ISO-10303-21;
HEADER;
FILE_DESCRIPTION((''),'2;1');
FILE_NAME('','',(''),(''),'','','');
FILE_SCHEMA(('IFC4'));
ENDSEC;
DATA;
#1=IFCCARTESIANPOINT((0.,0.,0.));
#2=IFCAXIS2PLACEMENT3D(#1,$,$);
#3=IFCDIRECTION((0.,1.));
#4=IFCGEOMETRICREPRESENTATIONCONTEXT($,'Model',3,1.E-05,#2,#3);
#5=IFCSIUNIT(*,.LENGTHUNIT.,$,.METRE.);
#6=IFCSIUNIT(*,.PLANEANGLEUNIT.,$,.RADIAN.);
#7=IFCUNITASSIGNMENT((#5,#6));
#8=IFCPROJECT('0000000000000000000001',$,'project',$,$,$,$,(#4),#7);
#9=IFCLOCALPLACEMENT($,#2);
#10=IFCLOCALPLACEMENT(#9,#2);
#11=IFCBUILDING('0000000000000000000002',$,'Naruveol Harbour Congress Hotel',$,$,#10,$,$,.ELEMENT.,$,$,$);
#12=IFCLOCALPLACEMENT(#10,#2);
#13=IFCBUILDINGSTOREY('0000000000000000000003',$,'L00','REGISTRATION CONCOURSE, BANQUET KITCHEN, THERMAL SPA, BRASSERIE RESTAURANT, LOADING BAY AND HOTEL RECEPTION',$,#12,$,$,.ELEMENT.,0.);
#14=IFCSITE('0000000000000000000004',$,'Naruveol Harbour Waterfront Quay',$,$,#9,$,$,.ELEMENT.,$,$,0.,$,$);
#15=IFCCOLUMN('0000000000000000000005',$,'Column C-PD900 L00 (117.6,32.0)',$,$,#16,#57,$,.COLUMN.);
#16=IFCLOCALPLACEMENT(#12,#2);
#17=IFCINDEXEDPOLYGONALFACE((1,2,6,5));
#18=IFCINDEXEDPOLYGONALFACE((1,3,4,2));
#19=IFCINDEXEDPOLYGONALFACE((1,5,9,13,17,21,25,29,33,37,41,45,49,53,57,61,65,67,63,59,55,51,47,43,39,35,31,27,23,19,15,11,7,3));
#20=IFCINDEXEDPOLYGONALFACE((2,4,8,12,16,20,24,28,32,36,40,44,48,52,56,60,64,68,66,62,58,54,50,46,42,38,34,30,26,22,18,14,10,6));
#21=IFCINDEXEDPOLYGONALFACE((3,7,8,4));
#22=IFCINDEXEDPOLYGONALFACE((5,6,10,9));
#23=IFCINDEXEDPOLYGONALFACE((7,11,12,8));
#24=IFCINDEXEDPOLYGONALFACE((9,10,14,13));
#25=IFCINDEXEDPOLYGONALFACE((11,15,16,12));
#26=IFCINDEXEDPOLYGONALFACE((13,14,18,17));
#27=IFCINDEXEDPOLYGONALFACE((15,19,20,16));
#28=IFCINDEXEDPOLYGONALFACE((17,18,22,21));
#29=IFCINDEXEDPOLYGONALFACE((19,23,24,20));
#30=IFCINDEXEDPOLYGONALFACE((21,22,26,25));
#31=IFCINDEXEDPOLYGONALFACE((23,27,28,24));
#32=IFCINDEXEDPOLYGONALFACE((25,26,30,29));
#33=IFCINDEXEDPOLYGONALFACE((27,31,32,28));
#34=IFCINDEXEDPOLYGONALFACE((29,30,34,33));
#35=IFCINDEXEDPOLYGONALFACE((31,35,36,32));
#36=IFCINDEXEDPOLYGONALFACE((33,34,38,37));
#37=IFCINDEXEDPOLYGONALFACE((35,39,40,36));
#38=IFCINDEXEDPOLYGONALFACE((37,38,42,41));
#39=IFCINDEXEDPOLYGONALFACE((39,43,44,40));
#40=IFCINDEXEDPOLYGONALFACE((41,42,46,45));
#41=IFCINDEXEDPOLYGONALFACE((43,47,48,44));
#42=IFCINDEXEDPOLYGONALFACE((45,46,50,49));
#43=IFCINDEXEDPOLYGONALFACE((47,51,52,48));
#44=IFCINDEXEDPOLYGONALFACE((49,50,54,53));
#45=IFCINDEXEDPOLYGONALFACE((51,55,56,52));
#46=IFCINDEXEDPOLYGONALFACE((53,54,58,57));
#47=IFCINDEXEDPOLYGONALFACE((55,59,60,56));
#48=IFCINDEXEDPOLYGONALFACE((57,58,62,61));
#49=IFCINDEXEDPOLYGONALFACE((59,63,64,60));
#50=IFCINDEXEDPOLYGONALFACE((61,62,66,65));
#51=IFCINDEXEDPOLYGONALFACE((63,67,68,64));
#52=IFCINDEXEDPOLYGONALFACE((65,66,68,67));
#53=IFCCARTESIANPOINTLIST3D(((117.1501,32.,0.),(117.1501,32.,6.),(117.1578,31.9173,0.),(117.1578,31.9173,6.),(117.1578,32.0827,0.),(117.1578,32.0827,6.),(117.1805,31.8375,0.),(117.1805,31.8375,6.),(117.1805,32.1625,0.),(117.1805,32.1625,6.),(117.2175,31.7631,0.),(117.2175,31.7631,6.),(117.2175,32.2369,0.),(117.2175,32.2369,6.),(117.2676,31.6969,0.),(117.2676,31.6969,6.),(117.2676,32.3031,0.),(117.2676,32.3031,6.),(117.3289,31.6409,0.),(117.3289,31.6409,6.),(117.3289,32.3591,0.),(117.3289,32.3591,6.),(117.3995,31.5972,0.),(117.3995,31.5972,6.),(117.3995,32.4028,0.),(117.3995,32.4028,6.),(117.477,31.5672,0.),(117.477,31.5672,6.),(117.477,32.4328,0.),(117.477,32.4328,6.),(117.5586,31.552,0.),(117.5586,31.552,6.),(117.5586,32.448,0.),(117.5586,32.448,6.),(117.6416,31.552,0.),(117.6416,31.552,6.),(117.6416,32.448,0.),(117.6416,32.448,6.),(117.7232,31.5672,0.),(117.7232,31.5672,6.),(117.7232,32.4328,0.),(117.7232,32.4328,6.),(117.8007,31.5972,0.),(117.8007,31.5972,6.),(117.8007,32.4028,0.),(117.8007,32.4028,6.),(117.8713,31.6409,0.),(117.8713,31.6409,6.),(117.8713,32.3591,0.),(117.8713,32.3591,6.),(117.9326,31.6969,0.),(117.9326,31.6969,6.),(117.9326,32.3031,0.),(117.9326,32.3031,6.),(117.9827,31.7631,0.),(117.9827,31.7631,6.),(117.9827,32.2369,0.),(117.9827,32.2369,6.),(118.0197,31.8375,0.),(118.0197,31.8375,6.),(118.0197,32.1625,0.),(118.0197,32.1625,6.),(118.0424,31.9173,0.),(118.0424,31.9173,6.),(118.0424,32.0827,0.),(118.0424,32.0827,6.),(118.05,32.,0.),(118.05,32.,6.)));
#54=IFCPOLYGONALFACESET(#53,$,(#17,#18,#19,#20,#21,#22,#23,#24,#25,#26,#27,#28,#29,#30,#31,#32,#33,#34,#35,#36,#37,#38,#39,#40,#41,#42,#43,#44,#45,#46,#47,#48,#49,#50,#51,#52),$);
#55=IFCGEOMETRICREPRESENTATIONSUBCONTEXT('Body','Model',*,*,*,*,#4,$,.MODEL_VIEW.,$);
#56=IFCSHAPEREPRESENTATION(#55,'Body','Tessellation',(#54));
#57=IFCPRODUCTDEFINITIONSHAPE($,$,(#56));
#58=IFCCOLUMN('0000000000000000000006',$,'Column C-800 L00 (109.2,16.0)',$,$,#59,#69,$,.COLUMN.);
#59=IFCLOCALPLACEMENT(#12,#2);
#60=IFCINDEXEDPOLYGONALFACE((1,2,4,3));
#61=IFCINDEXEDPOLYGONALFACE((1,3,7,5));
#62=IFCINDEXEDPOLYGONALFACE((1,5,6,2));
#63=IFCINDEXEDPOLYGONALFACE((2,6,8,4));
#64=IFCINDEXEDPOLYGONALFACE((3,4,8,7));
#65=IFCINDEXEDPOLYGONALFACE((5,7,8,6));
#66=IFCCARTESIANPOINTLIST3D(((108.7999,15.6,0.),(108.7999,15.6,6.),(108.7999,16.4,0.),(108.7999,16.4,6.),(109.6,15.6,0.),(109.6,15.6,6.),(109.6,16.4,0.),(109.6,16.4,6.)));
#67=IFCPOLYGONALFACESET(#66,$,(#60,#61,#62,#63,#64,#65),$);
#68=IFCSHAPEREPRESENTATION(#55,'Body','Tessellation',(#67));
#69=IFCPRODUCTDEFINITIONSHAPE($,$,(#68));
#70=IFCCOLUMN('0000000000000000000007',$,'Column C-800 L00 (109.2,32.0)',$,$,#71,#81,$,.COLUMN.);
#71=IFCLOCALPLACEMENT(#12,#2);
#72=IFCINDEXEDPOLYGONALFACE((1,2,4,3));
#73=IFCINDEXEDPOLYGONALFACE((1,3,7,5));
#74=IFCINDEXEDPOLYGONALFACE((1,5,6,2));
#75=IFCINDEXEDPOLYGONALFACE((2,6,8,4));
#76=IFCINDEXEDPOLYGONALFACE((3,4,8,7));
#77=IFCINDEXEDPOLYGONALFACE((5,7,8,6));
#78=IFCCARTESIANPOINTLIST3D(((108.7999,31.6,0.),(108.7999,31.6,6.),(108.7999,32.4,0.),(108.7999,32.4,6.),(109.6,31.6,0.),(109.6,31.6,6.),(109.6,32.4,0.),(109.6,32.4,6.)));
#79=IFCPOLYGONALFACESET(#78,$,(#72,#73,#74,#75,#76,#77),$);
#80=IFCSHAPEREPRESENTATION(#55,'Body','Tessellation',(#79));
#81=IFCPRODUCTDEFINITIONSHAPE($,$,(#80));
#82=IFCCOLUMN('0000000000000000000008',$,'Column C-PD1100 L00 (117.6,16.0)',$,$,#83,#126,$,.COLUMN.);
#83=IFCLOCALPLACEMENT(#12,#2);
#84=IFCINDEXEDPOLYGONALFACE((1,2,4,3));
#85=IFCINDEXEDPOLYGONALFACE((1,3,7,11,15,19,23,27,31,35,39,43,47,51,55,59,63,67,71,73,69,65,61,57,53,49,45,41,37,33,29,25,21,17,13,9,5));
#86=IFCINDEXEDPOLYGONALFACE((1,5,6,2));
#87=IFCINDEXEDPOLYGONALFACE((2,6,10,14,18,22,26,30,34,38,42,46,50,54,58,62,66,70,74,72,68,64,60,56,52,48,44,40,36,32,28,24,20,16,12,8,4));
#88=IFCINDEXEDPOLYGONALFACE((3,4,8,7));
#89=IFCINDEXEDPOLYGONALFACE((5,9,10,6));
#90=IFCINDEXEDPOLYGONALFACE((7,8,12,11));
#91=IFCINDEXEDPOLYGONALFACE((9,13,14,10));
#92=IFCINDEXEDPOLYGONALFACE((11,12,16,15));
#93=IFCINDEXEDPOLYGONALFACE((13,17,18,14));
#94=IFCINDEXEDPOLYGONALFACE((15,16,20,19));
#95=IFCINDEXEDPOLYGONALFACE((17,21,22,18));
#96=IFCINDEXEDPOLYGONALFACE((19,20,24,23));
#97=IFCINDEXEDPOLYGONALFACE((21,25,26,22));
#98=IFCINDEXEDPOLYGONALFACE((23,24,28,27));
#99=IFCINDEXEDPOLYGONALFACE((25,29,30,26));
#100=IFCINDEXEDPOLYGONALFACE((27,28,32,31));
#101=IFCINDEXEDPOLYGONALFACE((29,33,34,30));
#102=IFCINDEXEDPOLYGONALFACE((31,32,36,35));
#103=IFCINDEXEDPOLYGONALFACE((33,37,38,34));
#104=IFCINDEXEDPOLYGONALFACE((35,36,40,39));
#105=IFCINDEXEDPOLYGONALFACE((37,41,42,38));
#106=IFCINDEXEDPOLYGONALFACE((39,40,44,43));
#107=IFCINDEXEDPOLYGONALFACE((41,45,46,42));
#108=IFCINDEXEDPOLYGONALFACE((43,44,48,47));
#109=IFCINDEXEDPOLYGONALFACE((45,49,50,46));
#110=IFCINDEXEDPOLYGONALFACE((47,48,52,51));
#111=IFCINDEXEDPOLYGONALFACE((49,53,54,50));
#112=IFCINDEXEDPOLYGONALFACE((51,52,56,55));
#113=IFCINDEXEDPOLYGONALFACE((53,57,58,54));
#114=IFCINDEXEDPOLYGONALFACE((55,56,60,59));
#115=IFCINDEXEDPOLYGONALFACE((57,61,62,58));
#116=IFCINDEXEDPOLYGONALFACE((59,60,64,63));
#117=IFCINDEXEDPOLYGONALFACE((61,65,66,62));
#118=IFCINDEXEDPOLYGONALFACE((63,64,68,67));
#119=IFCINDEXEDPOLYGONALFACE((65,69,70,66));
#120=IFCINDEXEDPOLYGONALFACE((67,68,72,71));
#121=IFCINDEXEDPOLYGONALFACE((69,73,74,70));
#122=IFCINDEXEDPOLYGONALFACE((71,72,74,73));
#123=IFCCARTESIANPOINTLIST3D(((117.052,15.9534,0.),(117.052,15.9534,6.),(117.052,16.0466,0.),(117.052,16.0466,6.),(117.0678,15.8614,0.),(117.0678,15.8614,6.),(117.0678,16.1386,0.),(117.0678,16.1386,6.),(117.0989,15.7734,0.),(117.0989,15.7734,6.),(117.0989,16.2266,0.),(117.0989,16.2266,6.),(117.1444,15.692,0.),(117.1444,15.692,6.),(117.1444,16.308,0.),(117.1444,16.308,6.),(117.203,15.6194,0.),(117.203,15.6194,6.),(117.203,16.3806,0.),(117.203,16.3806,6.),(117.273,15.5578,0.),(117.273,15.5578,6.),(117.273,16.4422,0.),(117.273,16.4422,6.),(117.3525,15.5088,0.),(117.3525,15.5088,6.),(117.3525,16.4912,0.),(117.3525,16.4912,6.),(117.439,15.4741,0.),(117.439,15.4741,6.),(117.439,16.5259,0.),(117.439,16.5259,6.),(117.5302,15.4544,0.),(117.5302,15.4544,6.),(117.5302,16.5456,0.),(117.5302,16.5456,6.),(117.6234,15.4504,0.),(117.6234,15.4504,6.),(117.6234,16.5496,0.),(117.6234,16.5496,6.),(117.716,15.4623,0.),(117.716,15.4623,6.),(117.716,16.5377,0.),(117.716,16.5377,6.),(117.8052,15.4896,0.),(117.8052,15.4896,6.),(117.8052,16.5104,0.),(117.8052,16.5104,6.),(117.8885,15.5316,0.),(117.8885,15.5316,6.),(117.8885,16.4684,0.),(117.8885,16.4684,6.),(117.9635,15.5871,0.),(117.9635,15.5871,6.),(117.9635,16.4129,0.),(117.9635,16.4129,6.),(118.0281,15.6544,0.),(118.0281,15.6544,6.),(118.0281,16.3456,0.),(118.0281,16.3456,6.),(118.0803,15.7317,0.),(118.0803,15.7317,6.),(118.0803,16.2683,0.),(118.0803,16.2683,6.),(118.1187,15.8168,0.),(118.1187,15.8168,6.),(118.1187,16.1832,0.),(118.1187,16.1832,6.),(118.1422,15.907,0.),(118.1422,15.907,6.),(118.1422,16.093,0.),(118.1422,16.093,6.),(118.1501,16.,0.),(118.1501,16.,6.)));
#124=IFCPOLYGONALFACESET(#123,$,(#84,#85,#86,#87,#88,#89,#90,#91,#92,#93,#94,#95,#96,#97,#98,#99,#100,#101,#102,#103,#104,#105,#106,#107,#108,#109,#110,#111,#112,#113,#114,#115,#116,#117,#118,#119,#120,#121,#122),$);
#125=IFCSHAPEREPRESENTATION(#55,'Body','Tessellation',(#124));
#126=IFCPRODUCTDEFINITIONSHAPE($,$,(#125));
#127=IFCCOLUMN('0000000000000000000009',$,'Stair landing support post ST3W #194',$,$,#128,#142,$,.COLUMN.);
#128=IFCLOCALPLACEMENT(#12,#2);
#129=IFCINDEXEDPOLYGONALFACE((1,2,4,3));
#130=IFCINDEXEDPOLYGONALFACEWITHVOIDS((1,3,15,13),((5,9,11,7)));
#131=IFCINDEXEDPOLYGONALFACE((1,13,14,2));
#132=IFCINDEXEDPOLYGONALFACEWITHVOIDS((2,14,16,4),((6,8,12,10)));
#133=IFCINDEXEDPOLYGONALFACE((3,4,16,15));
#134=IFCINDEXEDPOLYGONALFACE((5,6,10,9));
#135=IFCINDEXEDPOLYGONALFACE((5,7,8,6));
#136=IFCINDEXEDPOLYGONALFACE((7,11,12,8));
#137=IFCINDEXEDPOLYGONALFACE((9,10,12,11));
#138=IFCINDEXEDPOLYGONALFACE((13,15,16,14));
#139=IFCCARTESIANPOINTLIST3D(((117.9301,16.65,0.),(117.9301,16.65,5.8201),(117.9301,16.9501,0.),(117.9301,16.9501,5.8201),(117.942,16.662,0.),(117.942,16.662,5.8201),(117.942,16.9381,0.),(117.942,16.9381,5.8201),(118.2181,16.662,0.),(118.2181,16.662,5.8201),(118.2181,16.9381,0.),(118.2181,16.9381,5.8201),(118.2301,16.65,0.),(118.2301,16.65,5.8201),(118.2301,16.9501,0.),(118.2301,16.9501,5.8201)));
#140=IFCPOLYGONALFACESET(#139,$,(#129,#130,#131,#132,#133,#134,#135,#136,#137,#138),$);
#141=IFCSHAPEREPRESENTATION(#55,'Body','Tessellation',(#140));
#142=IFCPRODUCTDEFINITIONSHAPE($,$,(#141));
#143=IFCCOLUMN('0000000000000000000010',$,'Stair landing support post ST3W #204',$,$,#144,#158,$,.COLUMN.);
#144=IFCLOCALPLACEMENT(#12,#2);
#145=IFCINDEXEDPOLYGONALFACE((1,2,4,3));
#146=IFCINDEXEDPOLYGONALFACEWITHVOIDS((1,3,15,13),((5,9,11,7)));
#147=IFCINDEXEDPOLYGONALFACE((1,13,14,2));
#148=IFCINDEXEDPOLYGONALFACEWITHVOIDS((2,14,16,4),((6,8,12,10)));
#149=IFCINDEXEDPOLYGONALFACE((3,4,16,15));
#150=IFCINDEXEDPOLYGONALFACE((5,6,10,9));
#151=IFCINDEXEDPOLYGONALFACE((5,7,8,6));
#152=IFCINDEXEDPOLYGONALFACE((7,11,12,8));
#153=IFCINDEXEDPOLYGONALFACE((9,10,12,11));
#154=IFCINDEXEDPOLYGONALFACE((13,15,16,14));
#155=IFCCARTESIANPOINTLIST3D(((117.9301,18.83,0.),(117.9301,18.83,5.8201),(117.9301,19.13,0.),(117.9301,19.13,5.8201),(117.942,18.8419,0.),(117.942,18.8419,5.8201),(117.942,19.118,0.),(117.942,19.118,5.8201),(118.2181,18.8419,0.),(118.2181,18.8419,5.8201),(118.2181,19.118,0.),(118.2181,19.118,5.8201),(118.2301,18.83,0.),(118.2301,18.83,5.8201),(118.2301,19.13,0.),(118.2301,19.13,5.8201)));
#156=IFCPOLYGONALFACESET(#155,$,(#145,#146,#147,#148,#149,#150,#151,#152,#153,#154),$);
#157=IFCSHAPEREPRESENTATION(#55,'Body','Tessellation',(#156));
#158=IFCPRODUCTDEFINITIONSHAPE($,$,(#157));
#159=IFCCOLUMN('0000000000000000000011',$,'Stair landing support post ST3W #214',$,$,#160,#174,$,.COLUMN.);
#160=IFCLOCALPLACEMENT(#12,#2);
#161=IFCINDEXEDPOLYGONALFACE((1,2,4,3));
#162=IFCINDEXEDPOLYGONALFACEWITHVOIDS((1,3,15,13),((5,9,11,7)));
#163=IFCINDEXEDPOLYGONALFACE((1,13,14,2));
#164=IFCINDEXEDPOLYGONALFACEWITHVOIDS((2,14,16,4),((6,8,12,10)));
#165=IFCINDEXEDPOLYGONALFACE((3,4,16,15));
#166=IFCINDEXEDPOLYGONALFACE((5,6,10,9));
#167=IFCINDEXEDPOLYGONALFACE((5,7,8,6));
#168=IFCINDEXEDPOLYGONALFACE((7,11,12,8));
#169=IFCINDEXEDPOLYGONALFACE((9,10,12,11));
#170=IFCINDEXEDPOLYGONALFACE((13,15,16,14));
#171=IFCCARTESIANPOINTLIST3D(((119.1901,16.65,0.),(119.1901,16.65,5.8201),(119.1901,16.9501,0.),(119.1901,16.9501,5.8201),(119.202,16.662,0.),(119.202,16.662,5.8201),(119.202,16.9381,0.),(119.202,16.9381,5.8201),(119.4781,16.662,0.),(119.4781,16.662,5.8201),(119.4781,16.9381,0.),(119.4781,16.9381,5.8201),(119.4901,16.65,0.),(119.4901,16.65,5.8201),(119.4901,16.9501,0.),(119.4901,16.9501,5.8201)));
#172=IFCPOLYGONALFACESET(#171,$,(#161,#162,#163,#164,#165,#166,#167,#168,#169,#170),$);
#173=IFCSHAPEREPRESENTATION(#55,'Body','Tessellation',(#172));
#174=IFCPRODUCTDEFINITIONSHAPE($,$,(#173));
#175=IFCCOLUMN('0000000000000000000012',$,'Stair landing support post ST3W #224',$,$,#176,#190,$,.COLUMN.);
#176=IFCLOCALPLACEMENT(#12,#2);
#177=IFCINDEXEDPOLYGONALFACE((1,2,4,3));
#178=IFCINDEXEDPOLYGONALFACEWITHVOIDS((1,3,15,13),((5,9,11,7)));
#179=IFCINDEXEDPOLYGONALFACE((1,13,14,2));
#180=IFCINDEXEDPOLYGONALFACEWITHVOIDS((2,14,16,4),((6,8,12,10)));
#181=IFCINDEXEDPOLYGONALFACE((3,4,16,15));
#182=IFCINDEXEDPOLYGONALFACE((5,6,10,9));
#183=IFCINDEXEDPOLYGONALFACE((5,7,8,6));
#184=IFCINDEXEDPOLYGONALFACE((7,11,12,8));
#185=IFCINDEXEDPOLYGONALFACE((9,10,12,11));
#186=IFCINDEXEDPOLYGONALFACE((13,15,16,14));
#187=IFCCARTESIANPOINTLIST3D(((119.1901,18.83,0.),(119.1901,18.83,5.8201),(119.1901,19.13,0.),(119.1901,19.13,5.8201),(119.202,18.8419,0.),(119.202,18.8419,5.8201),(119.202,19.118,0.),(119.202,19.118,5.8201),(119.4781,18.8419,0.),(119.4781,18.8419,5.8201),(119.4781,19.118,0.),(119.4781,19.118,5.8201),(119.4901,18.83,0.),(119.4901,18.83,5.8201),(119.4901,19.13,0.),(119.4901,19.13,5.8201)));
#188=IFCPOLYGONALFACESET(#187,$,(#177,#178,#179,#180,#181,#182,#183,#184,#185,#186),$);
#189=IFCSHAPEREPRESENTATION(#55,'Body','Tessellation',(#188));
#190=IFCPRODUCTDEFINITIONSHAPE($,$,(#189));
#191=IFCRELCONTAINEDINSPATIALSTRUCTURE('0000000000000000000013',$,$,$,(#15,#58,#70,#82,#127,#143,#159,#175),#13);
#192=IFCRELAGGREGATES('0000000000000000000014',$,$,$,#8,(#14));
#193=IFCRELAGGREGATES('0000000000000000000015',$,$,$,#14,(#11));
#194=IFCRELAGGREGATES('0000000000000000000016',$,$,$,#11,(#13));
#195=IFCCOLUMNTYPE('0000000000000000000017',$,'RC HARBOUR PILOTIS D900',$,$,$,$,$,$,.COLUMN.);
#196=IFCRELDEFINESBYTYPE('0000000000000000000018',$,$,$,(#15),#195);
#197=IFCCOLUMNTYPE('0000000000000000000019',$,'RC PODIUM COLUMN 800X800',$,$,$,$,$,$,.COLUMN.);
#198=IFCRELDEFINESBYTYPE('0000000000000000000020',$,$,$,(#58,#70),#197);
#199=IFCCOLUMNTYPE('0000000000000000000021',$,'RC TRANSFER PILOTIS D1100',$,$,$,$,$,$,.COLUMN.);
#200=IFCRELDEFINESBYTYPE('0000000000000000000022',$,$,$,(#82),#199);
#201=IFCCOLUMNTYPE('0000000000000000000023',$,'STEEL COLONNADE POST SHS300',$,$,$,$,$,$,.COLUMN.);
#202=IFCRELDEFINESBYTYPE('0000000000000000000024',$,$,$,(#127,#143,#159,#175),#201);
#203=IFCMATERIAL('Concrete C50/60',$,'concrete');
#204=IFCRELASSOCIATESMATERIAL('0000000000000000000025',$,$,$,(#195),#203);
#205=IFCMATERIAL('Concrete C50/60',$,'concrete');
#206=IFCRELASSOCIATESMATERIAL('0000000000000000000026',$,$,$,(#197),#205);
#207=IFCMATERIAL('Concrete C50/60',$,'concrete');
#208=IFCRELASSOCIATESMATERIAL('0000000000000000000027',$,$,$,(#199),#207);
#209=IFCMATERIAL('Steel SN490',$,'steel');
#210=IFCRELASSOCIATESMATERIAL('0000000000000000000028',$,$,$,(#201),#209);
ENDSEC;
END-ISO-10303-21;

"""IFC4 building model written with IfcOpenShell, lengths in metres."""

from ifc_helpers import new_model, si_unit, direction, frame, origin, origin_2d, place, context, subcontext, project, spatial, rectangle, hollow_rectangle, circle, extrude, material, material_profile, profile_set, type_object, element, save


model = new_model("IFC4")

# Units and contexts
model_context = context("Model", 3, precision=1e-05, world=origin(), true_north=direction((0.0, 1.0)))
body_context = subcontext(model_context, "Body", "Model", "MODEL_VIEW")
ifc_project = project(units=[si_unit("LENGTHUNIT", "METRE"), si_unit("PLANEANGLEUNIT", "RADIAN")], contexts=[model_context])

# Site, building, storey
site_placement = place(None, origin())
site = spatial("IfcSite", under=ifc_project, at=site_placement, Name="Naruveol Harbour Waterfront Quay", CompositionType="ELEMENT", RefElevation=0.0)
building_placement = place(site_placement, origin())
building = spatial("IfcBuilding", under=site, at=building_placement, Name="Naruveol Harbour Congress Hotel", CompositionType="ELEMENT")
storey_placement = place(building_placement, origin())
storey = spatial("IfcBuildingStorey", under=building, at=storey_placement, Name="L00", Description="REGISTRATION CONCOURSE, BANQUET KITCHEN, THERMAL SPA, BRASSERIE RESTAURANT, LOADING BAY AND HOTEL RECEPTION", CompositionType="ELEMENT", Elevation=0.0)

# Columns
ifc_material_1 = material(Name="Concrete C50/60", Category="concrete")
ifc_material_profile_1 = material_profile(ifc_material_1, circle(Radius=0.45, at=origin_2d()), Name="RC-D900")
ifc_profile_set_1 = profile_set([ifc_material_profile_1], Name="Concrete C50/60")
column_type_1 = type_object("IfcColumnType", Name="RC HARBOUR PILOTIS D900", PredefinedType="COLUMN", material=ifc_profile_set_1)
column_1_placement = place(storey_placement, frame((117.6001, 32.0, 0.0), z_axis=(0.0, 0.0, 1.0), x_axis=(1.0, 0.0, 0.0)))
element("IfcColumn", 1, at=column_1_placement, inside=storey, type_object=column_type_1, Name="Column C-PD900 L00 (117.6,32.0)", PredefinedType="COLUMN", context=body_context, shape_type="SweptSolid", body=[
    extrude(circle(Radius=0.45, at=origin_2d()), origin(), (0.0, 0.0, 1.0), 6.0),
])
ifc_material_2 = material(Name="Concrete C50/60", Category="concrete")
ifc_material_profile_2 = material_profile(ifc_material_2, rectangle(XDim=0.8, YDim=0.8, at=origin_2d()), Name="RC-800x800")
ifc_profile_set_2 = profile_set([ifc_material_profile_2], Name="Concrete C50/60")
column_type_2 = type_object("IfcColumnType", Name="RC PODIUM COLUMN 800X800", PredefinedType="COLUMN", material=ifc_profile_set_2)
for number, where, z_axis, x_axis, name in (
    (2, (109.2, 16.0, 0.0), (0.0, 0.0, 1.0), (1.0, 0.0, 0.0), "Column C-800 L00 (109.2,16.0)"),
    (3, (109.2, 32.0, 0.0), (0.0, 0.0, 1.0), (1.0, 0.0, 0.0), "Column C-800 L00 (109.2,32.0)"),
):
    element("IfcColumn", number, at=place(storey_placement, frame(where, z_axis=z_axis, x_axis=x_axis)), inside=storey, type_object=column_type_2, Name=name, PredefinedType="COLUMN", context=body_context, shape_type="SweptSolid", body=[
        extrude(rectangle(XDim=0.8, YDim=0.8, at=origin_2d()), origin(), (0.0, 0.0, 1.0), 6.0),
    ])
ifc_material_3 = material(Name="Concrete C50/60", Category="concrete")
ifc_material_profile_3 = material_profile(ifc_material_3, circle(Radius=0.55, at=origin_2d()), Name="RC-D1100")
ifc_profile_set_3 = profile_set([ifc_material_profile_3], Name="Concrete C50/60")
column_type_3 = type_object("IfcColumnType", Name="RC TRANSFER PILOTIS D1100", PredefinedType="COLUMN", material=ifc_profile_set_3)
column_2_placement = place(storey_placement, frame((117.6001, 16.0, 0.0), z_axis=(0.0, 0.0, 1.0), x_axis=(1.0, 0.0, 0.0)))
element("IfcColumn", 4, at=column_2_placement, inside=storey, type_object=column_type_3, Name="Column C-PD1100 L00 (117.6,16.0)", PredefinedType="COLUMN", context=body_context, shape_type="SweptSolid", body=[
    extrude(circle(Radius=0.55, at=origin_2d()), origin(), (0.0, 0.0, 1.0), 6.0),
])
ifc_material_4 = material(Name="Steel SN490", Category="steel")
ifc_material_profile_4 = material_profile(ifc_material_4, hollow_rectangle(XDim=0.3, YDim=0.3, WallThickness=0.012, at=origin_2d()), Name="SHS-300x300x12")
ifc_profile_set_4 = profile_set([ifc_material_profile_4], Name="Steel SN490")
column_type_4 = type_object("IfcColumnType", Name="STEEL COLONNADE POST SHS300", PredefinedType="COLUMN", material=ifc_profile_set_4)
for number, where, z_axis, x_axis, name in (
    (5, (118.0801, 16.8, 0.0), (0.0, 0.0, 1.0), (1.0, 0.0, 0.0), "Stair landing support post ST3W #194"),
    (6, (118.0801, 18.98, 0.0), (0.0, 0.0, 1.0), (1.0, 0.0, 0.0), "Stair landing support post ST3W #204"),
    (7, (119.3401, 16.8, 0.0), (0.0, 0.0, 1.0), (1.0, 0.0, 0.0), "Stair landing support post ST3W #214"),
    (8, (119.3401, 18.98, 0.0), (0.0, 0.0, 1.0), (1.0, 0.0, 0.0), "Stair landing support post ST3W #224"),
):
    element("IfcColumn", number, at=place(storey_placement, frame(where, z_axis=z_axis, x_axis=x_axis)), inside=storey, type_object=column_type_4, Name=name, PredefinedType="COLUMN", context=body_context, shape_type="SweptSolid", body=[
        extrude(hollow_rectangle(XDim=0.3, YDim=0.3, WallThickness=0.012, at=origin_2d()), origin(), (0.0, 0.0, 1.0), 5.8201),
    ])

save(model, "model.ifc")
